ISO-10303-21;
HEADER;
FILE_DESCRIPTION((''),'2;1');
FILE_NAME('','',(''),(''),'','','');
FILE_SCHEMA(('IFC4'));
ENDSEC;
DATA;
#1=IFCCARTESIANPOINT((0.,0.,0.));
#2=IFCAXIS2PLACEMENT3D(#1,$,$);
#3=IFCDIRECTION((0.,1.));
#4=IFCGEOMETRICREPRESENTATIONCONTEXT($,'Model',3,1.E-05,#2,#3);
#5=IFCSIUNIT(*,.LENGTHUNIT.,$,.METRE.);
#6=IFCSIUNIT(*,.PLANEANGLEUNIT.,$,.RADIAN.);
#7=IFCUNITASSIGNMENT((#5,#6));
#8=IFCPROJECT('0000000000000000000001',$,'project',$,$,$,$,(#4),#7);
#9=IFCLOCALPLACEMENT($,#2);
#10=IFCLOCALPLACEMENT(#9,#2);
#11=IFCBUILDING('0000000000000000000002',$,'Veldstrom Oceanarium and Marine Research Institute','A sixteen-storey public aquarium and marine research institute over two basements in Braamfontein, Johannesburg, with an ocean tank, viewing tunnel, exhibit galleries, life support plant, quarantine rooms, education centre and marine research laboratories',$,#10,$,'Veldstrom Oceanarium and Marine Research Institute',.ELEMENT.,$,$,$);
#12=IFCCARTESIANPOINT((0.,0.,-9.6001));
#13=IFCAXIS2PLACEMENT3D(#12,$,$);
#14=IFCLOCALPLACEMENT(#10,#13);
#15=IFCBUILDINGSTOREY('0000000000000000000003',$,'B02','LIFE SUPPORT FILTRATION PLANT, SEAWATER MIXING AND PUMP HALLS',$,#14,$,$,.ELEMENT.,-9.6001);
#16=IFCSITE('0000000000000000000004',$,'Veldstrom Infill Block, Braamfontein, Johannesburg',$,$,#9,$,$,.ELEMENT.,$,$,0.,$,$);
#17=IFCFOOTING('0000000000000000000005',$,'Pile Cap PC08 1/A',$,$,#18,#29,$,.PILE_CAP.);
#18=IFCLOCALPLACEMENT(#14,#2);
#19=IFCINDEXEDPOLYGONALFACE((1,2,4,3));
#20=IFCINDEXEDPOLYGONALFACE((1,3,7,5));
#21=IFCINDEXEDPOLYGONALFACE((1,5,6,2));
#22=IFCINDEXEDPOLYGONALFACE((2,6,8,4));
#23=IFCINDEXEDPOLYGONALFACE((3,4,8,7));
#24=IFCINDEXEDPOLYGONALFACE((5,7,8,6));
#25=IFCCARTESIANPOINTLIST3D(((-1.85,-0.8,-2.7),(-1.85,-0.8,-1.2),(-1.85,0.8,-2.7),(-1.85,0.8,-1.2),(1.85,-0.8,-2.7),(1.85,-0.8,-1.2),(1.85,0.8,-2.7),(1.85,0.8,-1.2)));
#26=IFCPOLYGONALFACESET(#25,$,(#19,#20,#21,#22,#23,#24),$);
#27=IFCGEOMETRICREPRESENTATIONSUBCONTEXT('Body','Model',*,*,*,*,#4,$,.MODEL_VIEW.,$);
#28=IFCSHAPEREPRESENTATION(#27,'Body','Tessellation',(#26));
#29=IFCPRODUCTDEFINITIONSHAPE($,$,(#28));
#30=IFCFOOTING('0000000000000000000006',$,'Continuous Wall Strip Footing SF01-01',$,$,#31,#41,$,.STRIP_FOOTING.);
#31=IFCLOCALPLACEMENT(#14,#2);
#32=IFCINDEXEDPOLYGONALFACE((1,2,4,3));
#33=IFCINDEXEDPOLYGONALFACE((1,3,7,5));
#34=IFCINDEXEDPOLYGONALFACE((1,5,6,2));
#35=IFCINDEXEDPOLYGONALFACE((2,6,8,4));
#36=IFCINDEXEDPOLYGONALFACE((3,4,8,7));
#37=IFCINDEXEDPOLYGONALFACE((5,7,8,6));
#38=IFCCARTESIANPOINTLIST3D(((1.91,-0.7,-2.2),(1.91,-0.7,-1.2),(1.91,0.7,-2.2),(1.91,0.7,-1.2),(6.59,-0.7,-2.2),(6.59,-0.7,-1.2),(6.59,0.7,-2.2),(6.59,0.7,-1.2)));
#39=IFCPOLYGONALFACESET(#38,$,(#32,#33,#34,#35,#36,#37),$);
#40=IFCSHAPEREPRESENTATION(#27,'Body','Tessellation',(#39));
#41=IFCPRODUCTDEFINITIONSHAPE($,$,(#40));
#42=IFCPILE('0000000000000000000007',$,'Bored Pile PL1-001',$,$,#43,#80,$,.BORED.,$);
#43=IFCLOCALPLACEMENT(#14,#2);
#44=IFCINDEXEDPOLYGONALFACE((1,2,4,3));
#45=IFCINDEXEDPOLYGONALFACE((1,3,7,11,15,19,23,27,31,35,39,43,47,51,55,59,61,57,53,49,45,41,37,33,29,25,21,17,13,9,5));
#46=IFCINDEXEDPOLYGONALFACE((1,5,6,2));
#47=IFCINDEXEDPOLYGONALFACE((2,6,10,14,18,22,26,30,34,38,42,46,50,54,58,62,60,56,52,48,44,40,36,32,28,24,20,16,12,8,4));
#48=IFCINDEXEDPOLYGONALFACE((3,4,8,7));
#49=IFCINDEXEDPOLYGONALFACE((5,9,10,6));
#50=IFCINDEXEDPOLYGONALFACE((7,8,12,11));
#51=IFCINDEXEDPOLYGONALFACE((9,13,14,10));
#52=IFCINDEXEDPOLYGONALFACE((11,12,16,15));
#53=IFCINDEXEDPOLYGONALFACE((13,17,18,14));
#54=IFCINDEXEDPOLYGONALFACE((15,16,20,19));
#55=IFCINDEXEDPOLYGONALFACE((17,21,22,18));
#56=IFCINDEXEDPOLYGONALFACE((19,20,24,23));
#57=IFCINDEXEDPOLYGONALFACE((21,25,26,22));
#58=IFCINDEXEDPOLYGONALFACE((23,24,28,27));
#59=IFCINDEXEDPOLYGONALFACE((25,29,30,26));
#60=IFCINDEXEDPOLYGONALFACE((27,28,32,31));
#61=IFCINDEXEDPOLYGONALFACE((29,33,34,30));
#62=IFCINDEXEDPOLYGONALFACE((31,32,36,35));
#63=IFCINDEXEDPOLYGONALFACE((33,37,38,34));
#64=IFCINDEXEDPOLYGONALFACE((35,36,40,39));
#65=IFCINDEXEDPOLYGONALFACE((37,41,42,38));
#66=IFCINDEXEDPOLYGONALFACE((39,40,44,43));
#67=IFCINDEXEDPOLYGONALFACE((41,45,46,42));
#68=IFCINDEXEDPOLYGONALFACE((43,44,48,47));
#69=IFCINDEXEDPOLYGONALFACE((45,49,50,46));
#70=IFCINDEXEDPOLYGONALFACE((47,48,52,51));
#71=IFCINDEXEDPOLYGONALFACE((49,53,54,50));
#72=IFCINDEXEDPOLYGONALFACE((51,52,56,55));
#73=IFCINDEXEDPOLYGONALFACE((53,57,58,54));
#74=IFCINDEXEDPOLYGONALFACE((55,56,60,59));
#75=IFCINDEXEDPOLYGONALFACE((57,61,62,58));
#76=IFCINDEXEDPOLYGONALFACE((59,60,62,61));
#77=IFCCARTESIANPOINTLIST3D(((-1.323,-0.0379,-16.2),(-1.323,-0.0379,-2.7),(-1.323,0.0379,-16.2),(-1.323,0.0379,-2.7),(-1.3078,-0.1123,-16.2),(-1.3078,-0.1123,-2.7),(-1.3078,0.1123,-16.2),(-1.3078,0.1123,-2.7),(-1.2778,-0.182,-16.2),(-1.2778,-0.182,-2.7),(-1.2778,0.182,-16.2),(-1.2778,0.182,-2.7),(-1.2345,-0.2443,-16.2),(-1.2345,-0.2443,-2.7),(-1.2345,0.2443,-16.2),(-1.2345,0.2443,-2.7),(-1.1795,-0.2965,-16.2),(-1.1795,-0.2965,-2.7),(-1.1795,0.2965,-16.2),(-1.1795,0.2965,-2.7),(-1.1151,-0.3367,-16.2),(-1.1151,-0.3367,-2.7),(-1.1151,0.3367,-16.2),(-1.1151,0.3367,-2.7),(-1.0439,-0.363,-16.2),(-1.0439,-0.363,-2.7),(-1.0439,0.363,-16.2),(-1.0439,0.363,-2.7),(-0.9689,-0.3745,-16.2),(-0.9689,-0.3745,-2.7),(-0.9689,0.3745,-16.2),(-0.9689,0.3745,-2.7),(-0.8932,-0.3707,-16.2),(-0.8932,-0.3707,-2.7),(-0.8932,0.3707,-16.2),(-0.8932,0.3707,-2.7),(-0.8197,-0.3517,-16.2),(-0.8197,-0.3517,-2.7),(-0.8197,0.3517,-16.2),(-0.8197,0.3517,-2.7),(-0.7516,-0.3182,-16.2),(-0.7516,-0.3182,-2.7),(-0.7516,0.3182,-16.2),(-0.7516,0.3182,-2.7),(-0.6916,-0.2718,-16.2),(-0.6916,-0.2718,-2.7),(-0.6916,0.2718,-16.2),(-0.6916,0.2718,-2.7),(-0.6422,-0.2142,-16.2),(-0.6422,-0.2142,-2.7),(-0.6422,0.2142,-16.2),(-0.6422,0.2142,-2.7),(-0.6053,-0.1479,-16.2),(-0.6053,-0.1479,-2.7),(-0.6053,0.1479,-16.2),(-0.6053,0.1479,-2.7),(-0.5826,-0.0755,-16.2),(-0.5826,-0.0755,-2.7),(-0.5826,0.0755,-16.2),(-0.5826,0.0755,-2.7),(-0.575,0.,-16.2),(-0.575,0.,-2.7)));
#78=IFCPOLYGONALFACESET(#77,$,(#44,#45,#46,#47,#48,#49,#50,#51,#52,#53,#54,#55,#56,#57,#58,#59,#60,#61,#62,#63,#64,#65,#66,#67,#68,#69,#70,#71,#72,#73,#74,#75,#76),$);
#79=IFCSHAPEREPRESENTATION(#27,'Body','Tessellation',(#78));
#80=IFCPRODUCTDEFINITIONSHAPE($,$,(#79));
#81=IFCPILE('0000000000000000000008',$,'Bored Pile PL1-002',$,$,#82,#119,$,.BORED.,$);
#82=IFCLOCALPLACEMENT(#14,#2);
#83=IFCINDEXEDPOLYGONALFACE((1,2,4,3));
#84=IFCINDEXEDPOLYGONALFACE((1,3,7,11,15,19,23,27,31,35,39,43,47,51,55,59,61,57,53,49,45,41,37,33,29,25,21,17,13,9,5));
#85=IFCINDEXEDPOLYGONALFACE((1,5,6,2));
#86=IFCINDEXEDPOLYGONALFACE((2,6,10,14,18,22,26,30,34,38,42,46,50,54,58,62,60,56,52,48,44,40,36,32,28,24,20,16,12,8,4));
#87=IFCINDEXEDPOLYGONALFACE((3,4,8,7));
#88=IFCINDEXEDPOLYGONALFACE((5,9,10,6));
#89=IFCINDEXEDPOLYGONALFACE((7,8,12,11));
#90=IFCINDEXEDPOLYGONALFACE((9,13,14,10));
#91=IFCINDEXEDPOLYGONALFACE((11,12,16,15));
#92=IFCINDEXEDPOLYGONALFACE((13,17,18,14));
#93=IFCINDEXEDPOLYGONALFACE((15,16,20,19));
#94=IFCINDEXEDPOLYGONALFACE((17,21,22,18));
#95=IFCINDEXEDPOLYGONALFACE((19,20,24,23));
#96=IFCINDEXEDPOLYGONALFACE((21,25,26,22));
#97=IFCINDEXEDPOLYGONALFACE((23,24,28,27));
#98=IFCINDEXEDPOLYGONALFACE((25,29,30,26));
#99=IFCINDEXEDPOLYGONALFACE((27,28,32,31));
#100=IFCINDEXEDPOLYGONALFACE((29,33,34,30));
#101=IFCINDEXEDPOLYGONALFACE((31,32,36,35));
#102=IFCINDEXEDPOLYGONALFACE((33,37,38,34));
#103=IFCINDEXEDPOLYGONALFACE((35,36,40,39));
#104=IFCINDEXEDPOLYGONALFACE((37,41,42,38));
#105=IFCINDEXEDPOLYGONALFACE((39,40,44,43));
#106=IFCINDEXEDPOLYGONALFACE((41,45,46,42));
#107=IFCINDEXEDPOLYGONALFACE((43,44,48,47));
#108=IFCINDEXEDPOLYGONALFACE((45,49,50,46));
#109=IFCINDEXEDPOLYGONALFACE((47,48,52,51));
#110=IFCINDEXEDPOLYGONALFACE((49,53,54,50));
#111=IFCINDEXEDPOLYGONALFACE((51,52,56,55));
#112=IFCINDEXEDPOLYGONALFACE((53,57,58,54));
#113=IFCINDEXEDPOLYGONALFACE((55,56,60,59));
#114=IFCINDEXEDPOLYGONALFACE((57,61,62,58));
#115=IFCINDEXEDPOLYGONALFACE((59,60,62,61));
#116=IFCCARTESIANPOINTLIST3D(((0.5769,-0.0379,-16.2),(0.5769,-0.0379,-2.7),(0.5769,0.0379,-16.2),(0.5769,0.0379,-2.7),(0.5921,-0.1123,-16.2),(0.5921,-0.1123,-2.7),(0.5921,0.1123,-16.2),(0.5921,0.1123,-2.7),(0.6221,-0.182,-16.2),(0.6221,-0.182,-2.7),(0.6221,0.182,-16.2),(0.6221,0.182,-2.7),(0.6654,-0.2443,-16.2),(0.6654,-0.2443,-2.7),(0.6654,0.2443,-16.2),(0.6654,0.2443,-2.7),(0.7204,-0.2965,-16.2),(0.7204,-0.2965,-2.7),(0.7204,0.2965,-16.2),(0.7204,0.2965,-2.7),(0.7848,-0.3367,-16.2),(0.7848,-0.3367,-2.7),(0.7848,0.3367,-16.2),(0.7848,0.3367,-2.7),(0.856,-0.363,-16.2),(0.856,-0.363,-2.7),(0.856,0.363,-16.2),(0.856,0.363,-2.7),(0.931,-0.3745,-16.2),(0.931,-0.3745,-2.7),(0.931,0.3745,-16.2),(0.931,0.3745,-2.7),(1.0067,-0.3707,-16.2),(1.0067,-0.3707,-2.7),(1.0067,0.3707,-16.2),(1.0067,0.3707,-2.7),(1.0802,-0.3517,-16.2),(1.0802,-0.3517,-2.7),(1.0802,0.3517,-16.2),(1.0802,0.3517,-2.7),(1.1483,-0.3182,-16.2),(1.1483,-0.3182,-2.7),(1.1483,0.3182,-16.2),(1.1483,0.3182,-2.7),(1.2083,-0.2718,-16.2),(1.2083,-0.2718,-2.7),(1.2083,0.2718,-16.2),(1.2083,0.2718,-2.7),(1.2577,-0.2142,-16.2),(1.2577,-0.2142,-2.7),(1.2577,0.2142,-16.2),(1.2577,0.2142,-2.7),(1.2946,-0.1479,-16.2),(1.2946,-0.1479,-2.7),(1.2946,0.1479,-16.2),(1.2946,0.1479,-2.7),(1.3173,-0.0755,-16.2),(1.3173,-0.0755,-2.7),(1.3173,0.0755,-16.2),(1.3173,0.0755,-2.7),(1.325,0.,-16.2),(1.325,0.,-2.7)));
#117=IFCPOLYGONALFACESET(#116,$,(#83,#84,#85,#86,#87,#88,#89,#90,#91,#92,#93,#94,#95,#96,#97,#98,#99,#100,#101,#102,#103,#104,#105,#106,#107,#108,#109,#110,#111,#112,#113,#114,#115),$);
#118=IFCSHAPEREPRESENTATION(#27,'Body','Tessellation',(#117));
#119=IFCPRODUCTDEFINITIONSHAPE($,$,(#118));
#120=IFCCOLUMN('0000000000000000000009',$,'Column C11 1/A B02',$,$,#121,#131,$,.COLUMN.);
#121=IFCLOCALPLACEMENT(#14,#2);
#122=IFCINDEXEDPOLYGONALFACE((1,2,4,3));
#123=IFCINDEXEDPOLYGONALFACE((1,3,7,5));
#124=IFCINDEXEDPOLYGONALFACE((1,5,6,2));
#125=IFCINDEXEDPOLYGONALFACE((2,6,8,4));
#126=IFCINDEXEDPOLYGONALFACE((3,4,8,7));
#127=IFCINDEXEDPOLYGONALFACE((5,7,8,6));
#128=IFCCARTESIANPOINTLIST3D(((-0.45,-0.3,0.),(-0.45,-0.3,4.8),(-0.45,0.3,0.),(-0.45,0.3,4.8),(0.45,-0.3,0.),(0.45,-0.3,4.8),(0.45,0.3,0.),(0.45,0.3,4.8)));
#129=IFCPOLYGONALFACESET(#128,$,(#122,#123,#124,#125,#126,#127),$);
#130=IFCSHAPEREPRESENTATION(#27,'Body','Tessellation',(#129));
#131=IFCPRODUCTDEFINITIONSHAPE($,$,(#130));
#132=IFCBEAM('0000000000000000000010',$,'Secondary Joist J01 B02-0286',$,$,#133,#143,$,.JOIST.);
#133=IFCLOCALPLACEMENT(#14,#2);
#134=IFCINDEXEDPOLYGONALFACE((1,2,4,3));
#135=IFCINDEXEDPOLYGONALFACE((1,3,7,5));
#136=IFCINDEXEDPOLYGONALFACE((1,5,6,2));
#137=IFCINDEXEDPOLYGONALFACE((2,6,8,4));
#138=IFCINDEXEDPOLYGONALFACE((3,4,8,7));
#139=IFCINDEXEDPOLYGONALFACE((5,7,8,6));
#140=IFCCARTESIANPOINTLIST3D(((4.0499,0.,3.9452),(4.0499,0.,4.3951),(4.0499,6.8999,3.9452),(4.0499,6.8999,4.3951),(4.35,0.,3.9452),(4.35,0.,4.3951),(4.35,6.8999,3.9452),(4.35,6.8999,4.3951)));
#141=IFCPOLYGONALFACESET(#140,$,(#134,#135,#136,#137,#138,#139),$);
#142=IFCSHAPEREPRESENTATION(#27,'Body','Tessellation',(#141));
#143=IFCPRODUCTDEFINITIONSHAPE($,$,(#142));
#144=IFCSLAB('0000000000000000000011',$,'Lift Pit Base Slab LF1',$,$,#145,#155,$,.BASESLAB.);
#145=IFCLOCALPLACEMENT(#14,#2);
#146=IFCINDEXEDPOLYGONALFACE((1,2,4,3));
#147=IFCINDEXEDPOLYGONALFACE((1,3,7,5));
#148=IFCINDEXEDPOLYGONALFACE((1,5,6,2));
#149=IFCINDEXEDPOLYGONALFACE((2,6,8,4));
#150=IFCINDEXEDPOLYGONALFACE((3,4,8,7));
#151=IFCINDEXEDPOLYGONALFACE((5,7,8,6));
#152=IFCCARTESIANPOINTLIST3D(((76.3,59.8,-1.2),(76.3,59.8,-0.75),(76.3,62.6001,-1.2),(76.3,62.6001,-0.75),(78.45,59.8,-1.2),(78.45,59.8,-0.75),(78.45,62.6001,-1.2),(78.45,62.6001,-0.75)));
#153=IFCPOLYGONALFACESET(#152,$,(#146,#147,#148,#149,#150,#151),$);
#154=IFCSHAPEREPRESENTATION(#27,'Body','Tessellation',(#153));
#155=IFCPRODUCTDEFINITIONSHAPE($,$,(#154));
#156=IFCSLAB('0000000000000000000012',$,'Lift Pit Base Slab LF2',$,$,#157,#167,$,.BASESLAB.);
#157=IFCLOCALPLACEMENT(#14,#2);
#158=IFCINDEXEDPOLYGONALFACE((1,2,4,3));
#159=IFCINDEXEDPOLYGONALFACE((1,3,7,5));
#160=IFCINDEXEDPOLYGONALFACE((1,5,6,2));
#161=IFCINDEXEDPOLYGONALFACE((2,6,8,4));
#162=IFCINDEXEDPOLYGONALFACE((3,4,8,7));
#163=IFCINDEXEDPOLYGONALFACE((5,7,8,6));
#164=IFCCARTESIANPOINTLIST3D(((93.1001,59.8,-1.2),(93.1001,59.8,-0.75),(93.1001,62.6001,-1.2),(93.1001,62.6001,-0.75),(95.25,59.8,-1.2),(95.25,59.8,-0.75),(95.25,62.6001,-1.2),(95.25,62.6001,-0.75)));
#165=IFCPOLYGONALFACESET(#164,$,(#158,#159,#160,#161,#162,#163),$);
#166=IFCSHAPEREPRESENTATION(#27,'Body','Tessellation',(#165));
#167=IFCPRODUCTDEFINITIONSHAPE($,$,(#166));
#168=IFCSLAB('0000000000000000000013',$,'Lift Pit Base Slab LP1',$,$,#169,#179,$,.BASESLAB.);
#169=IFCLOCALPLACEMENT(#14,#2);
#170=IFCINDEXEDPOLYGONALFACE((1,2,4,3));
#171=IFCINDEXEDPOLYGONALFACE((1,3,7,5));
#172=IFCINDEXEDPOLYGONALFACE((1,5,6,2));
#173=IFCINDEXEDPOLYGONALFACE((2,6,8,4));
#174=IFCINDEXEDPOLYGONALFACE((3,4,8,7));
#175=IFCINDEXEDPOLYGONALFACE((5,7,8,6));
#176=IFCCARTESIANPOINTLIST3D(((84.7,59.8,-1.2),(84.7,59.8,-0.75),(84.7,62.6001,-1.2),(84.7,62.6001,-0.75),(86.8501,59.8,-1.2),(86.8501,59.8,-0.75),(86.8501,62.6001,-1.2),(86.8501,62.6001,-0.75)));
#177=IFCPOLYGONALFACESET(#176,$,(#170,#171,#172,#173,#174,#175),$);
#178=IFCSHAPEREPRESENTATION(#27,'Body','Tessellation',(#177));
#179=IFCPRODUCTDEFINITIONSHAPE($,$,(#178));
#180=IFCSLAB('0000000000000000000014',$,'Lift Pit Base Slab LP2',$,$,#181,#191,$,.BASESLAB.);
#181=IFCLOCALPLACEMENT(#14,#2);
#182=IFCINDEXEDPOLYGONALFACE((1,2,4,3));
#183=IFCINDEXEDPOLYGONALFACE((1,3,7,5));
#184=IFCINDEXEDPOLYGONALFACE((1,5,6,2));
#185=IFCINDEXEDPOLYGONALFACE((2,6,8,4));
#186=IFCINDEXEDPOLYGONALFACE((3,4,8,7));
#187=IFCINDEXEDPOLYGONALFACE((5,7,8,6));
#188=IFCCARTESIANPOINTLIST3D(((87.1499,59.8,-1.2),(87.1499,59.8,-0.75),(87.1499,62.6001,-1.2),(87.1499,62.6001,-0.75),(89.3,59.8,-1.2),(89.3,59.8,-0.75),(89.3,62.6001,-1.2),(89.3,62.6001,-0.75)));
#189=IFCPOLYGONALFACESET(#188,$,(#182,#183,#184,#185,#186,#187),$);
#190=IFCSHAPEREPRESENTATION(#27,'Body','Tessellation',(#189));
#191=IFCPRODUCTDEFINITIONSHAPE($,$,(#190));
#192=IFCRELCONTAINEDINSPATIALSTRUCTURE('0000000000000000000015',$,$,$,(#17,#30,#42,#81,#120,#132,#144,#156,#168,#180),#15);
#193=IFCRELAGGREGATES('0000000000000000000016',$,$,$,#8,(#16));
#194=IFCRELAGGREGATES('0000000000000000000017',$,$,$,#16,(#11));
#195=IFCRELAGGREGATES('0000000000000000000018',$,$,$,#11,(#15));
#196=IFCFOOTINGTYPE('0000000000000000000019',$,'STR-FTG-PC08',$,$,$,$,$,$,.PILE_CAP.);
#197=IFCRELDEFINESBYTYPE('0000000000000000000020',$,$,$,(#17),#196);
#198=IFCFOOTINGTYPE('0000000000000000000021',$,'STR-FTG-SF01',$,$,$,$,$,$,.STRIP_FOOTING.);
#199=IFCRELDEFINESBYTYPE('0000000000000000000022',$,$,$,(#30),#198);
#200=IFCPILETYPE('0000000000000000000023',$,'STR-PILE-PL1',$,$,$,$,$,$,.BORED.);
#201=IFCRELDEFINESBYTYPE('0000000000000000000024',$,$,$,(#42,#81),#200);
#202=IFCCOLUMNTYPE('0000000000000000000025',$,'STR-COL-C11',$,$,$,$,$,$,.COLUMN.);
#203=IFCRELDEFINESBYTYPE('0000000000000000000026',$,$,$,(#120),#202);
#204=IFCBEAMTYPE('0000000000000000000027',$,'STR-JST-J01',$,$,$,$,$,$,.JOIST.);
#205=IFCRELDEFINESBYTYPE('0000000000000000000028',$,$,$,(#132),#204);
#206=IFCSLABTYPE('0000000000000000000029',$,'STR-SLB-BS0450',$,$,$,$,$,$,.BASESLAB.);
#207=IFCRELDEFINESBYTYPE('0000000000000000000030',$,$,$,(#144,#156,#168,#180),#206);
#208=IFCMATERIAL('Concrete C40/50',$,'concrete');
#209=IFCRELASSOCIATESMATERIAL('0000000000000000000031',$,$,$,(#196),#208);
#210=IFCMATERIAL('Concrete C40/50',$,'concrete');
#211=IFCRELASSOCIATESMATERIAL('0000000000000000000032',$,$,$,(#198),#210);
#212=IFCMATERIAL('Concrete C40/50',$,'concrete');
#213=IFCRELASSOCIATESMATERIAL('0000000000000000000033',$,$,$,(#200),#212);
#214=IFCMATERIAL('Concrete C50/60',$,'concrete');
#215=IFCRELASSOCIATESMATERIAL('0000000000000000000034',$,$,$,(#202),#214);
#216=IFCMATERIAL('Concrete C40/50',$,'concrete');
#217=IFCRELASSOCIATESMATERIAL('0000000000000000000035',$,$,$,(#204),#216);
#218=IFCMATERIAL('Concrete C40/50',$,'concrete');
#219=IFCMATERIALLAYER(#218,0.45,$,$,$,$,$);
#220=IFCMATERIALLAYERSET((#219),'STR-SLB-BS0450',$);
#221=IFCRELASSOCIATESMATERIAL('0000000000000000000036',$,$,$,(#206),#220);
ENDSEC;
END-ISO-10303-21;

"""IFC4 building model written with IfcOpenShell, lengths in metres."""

from ifc_helpers import new_model, si_unit, direction, frame, origin, origin_2d, place, context, subcontext, project, spatial, polyline, rectangle, circle, outline, extrude, material, layer, layer_set, material_profile, profile_set, type_object, element, save


model = new_model("IFC4")

# Units and contexts
model_context = context("Model", 3, precision=1e-05, world=origin(), true_north=direction((0.0, 1.0)))
body_context = subcontext(model_context, "Body", "Model", "MODEL_VIEW")
ifc_project = project(units=[si_unit("LENGTHUNIT", "METRE"), si_unit("PLANEANGLEUNIT", "RADIAN")], contexts=[model_context])

# Site, building, storey
site_placement = place(None, origin())
site = spatial("IfcSite", under=ifc_project, at=site_placement, Name="Veldstrom Infill Block, Braamfontein, Johannesburg", CompositionType="ELEMENT", RefElevation=0.0)
building_placement = place(site_placement, origin())
building = spatial("IfcBuilding", under=site, at=building_placement, Name="Veldstrom Oceanarium and Marine Research Institute", Description="A sixteen-storey public aquarium and marine research institute over two basements in Braamfontein, Johannesburg, with an ocean tank, viewing tunnel, exhibit galleries, life support plant, quarantine rooms, education centre and marine research laboratories", LongName="Veldstrom Oceanarium and Marine Research Institute", CompositionType="ELEMENT")
storey_placement = place(building_placement, frame((0.0, 0.0, -9.6001)))
storey = spatial("IfcBuildingStorey", under=building, at=storey_placement, Name="B02", Description="LIFE SUPPORT FILTRATION PLANT, SEAWATER MIXING AND PUMP HALLS", CompositionType="ELEMENT", Elevation=-9.6001)

# Footings
ifc_material_1 = material(Name="Concrete C40/50", Category="concrete")
footing_type_1 = type_object("IfcFootingType", Name="STR-FTG-PC08", PredefinedType="PILE_CAP", material=ifc_material_1)
footing_1_placement = place(storey_placement, frame((0.0, 0.0, -2.7), z_axis=(0.0, 0.0, 1.0), x_axis=(1.0, 0.0, 0.0)))
element("IfcFooting", 1, at=footing_1_placement, inside=storey, type_object=footing_type_1, Name="Pile Cap PC08 1/A", PredefinedType="PILE_CAP", context=body_context, shape_type="SweptSolid", body=[
    extrude(rectangle(XDim=3.7, YDim=1.6001, at=origin_2d()), origin(), (0.0, 0.0, 1.0), 1.5),
])
ifc_material_2 = material(Name="Concrete C40/50", Category="concrete")
footing_type_2 = type_object("IfcFootingType", Name="STR-FTG-SF01", PredefinedType="STRIP_FOOTING", material=ifc_material_2)
footing_2_placement = place(storey_placement, frame((4.25, 0.0, -2.2), z_axis=(0.0, 0.0, 1.0), x_axis=(1.0, 0.0, 0.0)))
element("IfcFooting", 2, at=footing_2_placement, inside=storey, type_object=footing_type_2, Name="Continuous Wall Strip Footing SF01-01", PredefinedType="STRIP_FOOTING", context=body_context, shape_type="SweptSolid", body=[
    extrude(rectangle(XDim=4.6799, YDim=1.3999, at=origin_2d()), origin(), (0.0, 0.0, 1.0), 1.0),
])

# Piles
ifc_material_3 = material(Name="Concrete C40/50", Category="concrete")
ifc_material_profile_1 = material_profile(ifc_material_3, circle(Radius=0.375, at=origin_2d()), Name="PILE-D750")
ifc_profile_set_1 = profile_set([ifc_material_profile_1], Name="Concrete C40/50")
pile_type = type_object("IfcPileType", Name="STR-PILE-PL1", PredefinedType="BORED", material=ifc_profile_set_1)
for number, where, z_axis, x_axis, name in (
    (3, (-0.95, 0.0, -2.7), (0.0, 0.0, -1.0), (1.0, 0.0, 0.0), "Bored Pile PL1-001"),
    (4, (0.95, 0.0, -2.7), (0.0, 0.0, -1.0), (1.0, 0.0, 0.0), "Bored Pile PL1-002"),
):
    element("IfcPile", number, at=place(storey_placement, frame(where, z_axis=z_axis, x_axis=x_axis)), inside=storey, type_object=pile_type, Name=name, PredefinedType="BORED", context=body_context, shape_type="SweptSolid", body=[
        extrude(circle(Radius=0.375, at=origin_2d()), origin(), (0.0, 0.0, 1.0), 13.5),
    ])

# Column
ifc_material_4 = material(Name="Concrete C50/60", Category="concrete")
ifc_material_profile_2 = material_profile(ifc_material_4, rectangle(XDim=0.6001, YDim=0.8999, at=origin_2d()), Name="RC-COL-900x600")
ifc_profile_set_2 = profile_set([ifc_material_profile_2], Name="Concrete C50/60")
column_type = type_object("IfcColumnType", Name="STR-COL-C11", PredefinedType="COLUMN", material=ifc_profile_set_2)
column_placement = place(storey_placement, frame((0.0, 0.0, 0.0), z_axis=(0.0, 0.0, 1.0), x_axis=(0.0, 1.0, 0.0)))
element("IfcColumn", 5, at=column_placement, inside=storey, type_object=column_type, Name="Column C11 1/A B02", PredefinedType="COLUMN", context=body_context, shape_type="SweptSolid", body=[
    extrude(rectangle(XDim=0.6001, YDim=0.8999, at=origin_2d()), origin(), (0.0, 0.0, 1.0), 4.8),
])

# Beam
ifc_material_5 = material(Name="Concrete C40/50", Category="concrete")
ifc_material_profile_3 = material_profile(ifc_material_5, rectangle(XDim=0.3, YDim=0.45, at=origin_2d()), Name="RC-JST-300x450")
ifc_profile_set_3 = profile_set([ifc_material_profile_3], Name="Concrete C40/50")
beam_type = type_object("IfcBeamType", Name="STR-JST-J01", PredefinedType="JOIST", material=ifc_profile_set_3)
beam_placement = place(storey_placement, frame((4.2, 0.0, 4.1702), z_axis=(0.0, 1.0, 0.0), x_axis=(-1.0, 0.0, 0.0)))
element("IfcBeam", 6, at=beam_placement, inside=storey, type_object=beam_type, Name="Secondary Joist J01 B02-0286", PredefinedType="JOIST", context=body_context, shape_type="SweptSolid", body=[
    extrude(rectangle(XDim=0.3, YDim=0.45, at=origin_2d()), origin(), (0.0, 0.0, 1.0), 6.8999),
])

# Slabs
ifc_material_6 = material(Name="Concrete C40/50", Category="concrete")
ifc_layer_1 = layer(ifc_material_6, 0.45)
ifc_layer_set_1 = layer_set([ifc_layer_1], Name="STR-SLB-BS0450")
slab_type_1 = type_object("IfcSlabType", Name="STR-SLB-BS0450", PredefinedType="BASESLAB", material=ifc_layer_set_1)
slab_1_placement = place(storey_placement, frame((0.0, 0.0, -1.2)))
element("IfcSlab", 7, at=slab_1_placement, inside=storey, type_object=slab_type_1, Name="Lift Pit Base Slab LF1", PredefinedType="BASESLAB", context=body_context, shape_type="SweptSolid", body=[
    extrude(outline(polyline([(76.3, 59.8), (78.45, 59.8), (78.45, 62.6001), (76.3, 62.6001), (76.3, 59.8)])), origin(), (0.0, 0.0, 1.0), 0.45),
])
slab_2_placement = place(storey_placement, frame((0.0, 0.0, -1.2)))
element("IfcSlab", 8, at=slab_2_placement, inside=storey, type_object=slab_type_1, Name="Lift Pit Base Slab LF2", PredefinedType="BASESLAB", context=body_context, shape_type="SweptSolid", body=[
    extrude(outline(polyline([(93.1001, 59.8), (95.25, 59.8), (95.25, 62.6001), (93.1001, 62.6001), (93.1001, 59.8)])), origin(), (0.0, 0.0, 1.0), 0.45),
])
slab_3_placement = place(storey_placement, frame((0.0, 0.0, -1.2)))
element("IfcSlab", 9, at=slab_3_placement, inside=storey, type_object=slab_type_1, Name="Lift Pit Base Slab LP1", PredefinedType="BASESLAB", context=body_context, shape_type="SweptSolid", body=[
    extrude(outline(polyline([(84.7, 59.8), (86.8501, 59.8), (86.8501, 62.6001), (84.7, 62.6001), (84.7, 59.8)])), origin(), (0.0, 0.0, 1.0), 0.45),
])
slab_4_placement = place(storey_placement, frame((0.0, 0.0, -1.2)))
element("IfcSlab", 10, at=slab_4_placement, inside=storey, type_object=slab_type_1, Name="Lift Pit Base Slab LP2", PredefinedType="BASESLAB", context=body_context, shape_type="SweptSolid", body=[
    extrude(outline(polyline([(87.1499, 59.8), (89.3, 59.8), (89.3, 62.6001), (87.1499, 62.6001), (87.1499, 59.8)])), origin(), (0.0, 0.0, 1.0), 0.45),
])

save(model, "model.ifc")
